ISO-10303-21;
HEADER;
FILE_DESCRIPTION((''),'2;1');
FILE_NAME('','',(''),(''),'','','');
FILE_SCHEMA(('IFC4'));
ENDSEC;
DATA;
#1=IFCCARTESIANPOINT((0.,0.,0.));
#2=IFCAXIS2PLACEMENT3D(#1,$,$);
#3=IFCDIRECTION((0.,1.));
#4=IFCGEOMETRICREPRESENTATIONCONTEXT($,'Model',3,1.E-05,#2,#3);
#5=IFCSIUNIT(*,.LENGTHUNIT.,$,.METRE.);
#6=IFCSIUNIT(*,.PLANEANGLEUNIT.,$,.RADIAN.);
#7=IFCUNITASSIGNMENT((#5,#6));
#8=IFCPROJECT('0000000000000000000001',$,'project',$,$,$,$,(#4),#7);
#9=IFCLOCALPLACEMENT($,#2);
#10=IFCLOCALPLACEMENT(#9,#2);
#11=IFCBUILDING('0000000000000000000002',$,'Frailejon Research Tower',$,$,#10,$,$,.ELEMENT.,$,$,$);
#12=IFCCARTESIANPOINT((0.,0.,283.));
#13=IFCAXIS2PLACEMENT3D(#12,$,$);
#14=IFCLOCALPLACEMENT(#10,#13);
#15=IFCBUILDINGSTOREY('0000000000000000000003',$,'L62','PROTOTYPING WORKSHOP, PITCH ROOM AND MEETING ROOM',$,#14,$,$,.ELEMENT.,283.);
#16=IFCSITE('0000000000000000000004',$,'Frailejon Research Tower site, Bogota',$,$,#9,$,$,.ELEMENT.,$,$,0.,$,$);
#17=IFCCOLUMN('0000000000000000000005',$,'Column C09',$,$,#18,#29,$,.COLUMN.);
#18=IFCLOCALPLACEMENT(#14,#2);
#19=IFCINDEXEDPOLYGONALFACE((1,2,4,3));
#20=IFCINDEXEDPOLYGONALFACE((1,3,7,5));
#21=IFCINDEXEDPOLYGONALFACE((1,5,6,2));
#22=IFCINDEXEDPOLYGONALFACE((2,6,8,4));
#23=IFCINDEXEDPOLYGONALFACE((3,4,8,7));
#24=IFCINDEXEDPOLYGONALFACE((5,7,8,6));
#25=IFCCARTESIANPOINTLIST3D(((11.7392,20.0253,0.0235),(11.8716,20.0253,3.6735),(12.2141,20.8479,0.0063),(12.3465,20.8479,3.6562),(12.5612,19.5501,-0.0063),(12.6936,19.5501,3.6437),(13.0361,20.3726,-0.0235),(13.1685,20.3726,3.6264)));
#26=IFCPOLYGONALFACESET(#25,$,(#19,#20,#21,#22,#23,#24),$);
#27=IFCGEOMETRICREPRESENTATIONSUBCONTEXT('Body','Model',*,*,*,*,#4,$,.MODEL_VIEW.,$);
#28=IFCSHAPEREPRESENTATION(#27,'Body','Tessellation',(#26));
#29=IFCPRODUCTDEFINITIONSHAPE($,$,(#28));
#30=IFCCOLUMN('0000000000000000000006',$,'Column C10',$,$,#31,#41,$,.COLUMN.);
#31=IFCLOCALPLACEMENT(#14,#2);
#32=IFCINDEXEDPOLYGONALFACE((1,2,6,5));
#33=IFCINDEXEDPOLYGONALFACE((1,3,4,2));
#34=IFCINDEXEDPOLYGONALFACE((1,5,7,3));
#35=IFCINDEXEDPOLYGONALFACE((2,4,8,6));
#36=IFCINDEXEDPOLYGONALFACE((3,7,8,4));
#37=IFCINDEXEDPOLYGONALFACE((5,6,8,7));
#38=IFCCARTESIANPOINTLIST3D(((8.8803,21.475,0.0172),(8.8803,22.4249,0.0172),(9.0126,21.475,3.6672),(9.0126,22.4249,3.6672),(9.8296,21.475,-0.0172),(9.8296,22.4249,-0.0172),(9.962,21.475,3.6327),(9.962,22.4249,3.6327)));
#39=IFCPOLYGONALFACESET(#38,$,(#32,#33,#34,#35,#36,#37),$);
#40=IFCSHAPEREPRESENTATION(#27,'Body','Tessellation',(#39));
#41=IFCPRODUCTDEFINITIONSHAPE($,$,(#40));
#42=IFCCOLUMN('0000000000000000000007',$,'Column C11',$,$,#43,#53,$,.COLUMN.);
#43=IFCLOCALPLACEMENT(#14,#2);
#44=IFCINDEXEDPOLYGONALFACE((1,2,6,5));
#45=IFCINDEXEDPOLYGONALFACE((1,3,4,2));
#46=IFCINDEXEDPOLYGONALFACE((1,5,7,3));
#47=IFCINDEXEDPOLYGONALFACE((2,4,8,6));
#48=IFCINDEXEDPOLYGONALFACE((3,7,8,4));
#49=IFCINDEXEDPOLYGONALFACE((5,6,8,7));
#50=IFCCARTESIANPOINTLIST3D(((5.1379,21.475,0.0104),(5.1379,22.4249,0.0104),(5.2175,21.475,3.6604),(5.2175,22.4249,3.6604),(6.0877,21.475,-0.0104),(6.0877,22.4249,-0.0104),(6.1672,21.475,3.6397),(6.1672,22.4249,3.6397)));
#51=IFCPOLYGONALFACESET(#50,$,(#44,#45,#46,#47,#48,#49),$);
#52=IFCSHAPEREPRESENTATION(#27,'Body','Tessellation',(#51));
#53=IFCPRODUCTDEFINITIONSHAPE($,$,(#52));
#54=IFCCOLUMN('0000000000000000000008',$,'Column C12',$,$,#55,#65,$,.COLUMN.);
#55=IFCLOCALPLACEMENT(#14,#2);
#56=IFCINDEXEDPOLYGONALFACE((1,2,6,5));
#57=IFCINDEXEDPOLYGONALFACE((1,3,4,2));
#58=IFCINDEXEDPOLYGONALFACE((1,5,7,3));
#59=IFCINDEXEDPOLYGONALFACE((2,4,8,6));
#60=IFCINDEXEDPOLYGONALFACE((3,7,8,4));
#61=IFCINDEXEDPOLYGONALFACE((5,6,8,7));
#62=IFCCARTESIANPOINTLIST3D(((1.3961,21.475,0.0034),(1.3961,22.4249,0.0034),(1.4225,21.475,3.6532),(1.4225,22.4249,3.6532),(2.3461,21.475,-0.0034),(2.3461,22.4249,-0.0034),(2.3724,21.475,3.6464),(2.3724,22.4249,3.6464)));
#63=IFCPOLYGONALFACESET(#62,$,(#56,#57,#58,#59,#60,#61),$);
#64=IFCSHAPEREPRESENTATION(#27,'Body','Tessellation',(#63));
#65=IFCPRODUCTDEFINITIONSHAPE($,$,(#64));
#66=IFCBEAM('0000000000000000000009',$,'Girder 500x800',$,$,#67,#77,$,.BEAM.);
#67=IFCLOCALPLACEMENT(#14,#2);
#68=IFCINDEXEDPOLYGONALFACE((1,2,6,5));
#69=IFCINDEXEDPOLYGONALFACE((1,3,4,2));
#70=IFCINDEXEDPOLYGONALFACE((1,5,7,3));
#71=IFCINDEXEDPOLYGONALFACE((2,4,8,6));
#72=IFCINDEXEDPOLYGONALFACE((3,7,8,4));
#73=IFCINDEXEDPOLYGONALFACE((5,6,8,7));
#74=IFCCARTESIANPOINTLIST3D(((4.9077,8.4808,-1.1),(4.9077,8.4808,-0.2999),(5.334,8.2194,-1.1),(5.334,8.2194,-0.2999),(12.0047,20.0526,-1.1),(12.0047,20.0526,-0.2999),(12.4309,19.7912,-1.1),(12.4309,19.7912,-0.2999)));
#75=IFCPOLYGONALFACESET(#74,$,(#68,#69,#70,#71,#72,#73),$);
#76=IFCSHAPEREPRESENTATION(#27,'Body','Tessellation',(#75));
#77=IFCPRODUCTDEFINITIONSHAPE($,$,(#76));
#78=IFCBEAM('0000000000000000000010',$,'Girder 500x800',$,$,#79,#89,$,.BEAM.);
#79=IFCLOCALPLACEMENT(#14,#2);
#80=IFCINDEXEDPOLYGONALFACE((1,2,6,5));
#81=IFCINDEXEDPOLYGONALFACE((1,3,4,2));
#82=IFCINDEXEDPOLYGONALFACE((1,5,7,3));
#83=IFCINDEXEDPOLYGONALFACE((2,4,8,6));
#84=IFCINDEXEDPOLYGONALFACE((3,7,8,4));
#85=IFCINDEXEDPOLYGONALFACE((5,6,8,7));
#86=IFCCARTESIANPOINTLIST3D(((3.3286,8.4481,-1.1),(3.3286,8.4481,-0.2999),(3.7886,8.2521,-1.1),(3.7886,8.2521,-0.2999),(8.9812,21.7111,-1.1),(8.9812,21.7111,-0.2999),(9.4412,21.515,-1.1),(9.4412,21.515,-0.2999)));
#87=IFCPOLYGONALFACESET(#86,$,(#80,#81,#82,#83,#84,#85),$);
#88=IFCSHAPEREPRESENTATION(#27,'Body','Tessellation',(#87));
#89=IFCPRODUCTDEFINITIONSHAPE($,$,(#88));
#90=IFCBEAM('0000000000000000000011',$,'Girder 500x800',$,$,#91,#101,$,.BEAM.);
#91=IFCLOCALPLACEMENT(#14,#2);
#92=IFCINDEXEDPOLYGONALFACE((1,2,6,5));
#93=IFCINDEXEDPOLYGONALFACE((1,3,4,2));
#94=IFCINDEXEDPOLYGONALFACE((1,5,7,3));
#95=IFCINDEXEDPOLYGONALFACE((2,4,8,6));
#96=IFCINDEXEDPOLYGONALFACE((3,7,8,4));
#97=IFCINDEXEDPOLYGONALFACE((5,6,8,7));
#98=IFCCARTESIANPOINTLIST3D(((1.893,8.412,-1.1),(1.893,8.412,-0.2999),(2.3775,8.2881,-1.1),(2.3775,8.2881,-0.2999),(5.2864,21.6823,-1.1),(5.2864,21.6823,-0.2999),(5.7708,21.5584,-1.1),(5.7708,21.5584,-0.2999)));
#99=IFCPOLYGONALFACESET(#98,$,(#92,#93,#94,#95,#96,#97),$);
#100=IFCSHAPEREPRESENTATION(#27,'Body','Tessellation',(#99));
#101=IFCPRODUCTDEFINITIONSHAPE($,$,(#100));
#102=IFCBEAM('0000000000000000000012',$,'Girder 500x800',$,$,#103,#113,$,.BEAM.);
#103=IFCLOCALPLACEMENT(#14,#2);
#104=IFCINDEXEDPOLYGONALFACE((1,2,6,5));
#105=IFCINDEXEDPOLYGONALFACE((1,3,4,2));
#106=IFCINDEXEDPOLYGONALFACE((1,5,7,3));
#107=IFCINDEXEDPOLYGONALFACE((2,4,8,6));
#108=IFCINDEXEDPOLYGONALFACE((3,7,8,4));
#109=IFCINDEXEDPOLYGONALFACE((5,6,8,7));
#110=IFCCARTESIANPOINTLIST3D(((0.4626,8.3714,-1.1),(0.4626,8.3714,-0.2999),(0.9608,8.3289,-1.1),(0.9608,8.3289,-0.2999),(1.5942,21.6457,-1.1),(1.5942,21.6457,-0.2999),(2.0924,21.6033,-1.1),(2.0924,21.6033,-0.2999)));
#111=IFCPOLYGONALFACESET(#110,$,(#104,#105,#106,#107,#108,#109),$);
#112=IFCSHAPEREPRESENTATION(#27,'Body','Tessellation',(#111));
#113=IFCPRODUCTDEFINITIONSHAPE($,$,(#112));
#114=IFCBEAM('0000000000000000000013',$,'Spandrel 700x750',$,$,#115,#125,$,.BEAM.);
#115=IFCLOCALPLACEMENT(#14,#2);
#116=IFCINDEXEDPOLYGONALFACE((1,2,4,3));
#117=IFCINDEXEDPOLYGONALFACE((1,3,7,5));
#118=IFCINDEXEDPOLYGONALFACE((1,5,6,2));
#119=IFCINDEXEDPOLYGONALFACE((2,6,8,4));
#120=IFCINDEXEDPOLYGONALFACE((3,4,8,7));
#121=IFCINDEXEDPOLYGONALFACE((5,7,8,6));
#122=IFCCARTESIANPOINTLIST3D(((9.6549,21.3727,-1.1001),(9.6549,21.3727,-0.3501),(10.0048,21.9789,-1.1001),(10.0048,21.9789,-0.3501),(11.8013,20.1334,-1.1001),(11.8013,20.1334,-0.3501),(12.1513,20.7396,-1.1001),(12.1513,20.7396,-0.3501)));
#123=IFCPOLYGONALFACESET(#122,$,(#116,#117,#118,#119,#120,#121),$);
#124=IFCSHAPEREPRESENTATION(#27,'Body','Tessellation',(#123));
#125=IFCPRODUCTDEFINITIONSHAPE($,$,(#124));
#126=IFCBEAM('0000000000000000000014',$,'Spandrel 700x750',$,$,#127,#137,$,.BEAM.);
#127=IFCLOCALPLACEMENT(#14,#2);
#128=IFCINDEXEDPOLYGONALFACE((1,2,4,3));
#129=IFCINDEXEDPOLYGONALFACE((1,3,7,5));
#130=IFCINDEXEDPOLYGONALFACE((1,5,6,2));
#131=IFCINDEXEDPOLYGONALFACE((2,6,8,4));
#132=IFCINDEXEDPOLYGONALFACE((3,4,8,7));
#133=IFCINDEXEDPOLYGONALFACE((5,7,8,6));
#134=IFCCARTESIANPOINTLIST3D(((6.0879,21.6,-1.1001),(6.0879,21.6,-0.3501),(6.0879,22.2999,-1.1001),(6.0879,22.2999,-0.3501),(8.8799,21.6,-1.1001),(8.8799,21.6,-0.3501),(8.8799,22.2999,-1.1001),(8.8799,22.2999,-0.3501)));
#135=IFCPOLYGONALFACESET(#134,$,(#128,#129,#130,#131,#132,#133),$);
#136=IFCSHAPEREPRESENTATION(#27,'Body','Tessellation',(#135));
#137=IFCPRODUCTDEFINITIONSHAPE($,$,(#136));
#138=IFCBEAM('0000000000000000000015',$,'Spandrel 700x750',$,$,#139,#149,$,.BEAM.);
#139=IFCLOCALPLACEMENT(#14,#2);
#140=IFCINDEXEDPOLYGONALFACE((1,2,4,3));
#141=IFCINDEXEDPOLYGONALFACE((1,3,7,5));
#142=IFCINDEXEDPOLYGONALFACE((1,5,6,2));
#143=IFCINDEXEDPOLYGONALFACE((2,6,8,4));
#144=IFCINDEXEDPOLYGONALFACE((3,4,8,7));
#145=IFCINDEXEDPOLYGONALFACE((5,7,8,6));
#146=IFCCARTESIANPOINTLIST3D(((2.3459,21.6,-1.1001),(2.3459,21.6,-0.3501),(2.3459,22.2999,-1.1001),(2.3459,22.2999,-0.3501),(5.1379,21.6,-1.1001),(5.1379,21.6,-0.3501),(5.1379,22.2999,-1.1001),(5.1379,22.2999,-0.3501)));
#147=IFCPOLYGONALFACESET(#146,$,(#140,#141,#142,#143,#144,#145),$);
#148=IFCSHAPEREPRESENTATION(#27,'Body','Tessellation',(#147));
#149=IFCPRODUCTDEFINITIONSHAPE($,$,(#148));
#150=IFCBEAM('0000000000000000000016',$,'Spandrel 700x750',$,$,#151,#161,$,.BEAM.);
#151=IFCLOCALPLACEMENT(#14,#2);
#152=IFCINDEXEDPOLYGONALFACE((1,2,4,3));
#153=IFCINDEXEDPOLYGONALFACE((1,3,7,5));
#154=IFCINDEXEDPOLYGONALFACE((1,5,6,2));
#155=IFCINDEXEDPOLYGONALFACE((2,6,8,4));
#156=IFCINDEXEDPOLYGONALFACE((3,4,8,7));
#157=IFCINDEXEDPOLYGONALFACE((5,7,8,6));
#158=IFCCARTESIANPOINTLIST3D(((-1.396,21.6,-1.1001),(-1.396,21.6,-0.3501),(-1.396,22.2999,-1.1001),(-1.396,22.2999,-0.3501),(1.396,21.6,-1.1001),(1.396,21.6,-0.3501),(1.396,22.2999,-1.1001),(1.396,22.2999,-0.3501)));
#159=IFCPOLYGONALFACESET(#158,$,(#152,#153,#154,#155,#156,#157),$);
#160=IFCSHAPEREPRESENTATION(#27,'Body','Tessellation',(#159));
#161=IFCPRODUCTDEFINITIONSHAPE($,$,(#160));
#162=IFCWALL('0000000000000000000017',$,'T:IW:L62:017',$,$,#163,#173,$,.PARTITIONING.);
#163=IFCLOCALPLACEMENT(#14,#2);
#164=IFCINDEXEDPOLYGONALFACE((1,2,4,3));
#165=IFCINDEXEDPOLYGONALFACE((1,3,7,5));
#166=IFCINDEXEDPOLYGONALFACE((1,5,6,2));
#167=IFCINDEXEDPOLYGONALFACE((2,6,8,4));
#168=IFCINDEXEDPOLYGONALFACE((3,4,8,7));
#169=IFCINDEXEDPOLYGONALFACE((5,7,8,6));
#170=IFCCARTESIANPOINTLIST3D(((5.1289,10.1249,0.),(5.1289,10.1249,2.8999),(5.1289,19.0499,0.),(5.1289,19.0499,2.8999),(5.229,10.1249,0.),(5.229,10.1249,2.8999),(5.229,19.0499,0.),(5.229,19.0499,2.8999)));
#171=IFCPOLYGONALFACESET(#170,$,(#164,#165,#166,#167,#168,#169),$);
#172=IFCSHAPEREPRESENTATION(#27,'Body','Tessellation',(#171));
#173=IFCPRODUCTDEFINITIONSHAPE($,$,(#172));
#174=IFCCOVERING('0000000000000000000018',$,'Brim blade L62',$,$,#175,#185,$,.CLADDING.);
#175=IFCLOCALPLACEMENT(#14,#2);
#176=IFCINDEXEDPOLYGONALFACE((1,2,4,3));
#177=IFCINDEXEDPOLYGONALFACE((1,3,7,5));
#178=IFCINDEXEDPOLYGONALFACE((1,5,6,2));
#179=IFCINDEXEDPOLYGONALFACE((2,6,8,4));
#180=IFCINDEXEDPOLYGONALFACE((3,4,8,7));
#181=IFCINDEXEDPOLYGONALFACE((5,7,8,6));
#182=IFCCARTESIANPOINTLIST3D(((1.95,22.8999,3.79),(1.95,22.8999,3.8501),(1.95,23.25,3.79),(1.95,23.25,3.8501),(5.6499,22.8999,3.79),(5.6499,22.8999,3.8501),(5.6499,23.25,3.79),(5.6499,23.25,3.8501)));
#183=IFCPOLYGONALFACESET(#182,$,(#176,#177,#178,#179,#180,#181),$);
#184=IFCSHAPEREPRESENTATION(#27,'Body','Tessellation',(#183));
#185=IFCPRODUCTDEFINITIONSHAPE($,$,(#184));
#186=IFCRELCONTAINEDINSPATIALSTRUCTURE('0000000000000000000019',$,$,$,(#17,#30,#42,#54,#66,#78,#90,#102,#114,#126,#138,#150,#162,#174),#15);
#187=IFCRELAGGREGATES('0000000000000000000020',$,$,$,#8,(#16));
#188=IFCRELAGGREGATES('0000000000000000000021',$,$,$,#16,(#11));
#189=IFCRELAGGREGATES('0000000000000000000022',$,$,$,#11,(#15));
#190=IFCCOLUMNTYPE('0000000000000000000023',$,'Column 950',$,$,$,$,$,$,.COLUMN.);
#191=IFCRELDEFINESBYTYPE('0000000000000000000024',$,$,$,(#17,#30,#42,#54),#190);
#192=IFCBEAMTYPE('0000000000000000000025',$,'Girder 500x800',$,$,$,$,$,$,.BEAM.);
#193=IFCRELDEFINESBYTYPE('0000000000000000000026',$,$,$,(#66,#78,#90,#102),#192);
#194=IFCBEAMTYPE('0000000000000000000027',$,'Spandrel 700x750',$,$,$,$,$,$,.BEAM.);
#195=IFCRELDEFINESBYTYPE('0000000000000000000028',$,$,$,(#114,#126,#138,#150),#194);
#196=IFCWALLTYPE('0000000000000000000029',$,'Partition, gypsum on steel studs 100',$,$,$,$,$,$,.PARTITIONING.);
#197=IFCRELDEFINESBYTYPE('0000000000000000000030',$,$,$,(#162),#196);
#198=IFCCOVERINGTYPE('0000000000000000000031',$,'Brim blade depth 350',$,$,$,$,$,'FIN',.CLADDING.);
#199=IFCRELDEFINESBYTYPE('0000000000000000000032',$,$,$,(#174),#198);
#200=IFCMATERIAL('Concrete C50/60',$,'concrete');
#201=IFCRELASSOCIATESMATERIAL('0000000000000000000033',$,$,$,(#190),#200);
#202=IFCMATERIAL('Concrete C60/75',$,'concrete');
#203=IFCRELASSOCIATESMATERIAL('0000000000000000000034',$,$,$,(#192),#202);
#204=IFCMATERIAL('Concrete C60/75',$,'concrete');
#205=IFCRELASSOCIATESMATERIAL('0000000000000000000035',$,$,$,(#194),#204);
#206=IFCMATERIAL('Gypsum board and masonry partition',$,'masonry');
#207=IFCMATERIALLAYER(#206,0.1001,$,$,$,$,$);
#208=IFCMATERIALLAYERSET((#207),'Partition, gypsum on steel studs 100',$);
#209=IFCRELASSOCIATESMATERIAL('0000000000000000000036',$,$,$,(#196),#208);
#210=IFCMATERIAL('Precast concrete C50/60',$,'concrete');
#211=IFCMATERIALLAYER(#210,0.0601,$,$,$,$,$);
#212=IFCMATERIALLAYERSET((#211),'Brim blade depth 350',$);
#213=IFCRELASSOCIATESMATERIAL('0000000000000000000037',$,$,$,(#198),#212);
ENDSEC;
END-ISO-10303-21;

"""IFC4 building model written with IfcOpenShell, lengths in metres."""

from ifc_helpers import new_model, si_unit, direction, frame, frame_2d, origin, origin_2d, place, context, subcontext, project, spatial, polyline, rectangle, outline, extrude, material, layer, layer_set, material_profile, profile_set, type_object, element, save


model = new_model("IFC4")

# Units and contexts
model_context = context("Model", 3, precision=1e-05, world=origin(), true_north=direction((0.0, 1.0)))
body_context = subcontext(model_context, "Body", "Model", "MODEL_VIEW")
ifc_project = project(units=[si_unit("LENGTHUNIT", "METRE"), si_unit("PLANEANGLEUNIT", "RADIAN")], contexts=[model_context])

# Site, building, storey
site_placement = place(None, origin())
site = spatial("IfcSite", under=ifc_project, at=site_placement, Name="Frailejon Research Tower site, Bogota", CompositionType="ELEMENT", RefElevation=0.0)
building_placement = place(site_placement, origin())
building = spatial("IfcBuilding", under=site, at=building_placement, Name="Frailejon Research Tower", CompositionType="ELEMENT")
storey_placement = place(building_placement, frame((0.0, 0.0, 283.0)))
storey = spatial("IfcBuildingStorey", under=building, at=storey_placement, Name="L62", Description="PROTOTYPING WORKSHOP, PITCH ROOM AND MEETING ROOM", CompositionType="ELEMENT", Elevation=283.0)

# Columns
ifc_material_1 = material(Name="Concrete C50/60", Category="concrete")
ifc_material_profile_1 = material_profile(ifc_material_1, rectangle(XDim=0.95, YDim=0.95, at=origin_2d()), Name="Column 950")
ifc_profile_set_1 = profile_set([ifc_material_profile_1], Name="Concrete C50/60")
column_type = type_object("IfcColumnType", Name="Column 950", PredefinedType="COLUMN", material=ifc_profile_set_1)
for number, where, z_axis, x_axis, name in (
    (1, (12.3877, 20.199, 0.0), (0.03623, 0.0, 0.999343), (-0.865315, 0.500246, 0.031371), "Column C09"),
    (2, (9.355, 21.95, 0.0), (0.03623, 0.0, 0.999343), (-0.999343, 0.0, 0.03623), "Column C10"),
):
    element("IfcColumn", number, at=place(storey_placement, frame(where, z_axis=z_axis, x_axis=x_axis)), inside=storey, type_object=column_type, Name=name, PredefinedType="COLUMN", context=body_context, shape_type="SweptSolid", body=[
        extrude(rectangle(XDim=0.95, YDim=0.95, at=origin_2d()), origin(), (0.0, 0.0, 1.0), 3.6523),
    ])
column_1_placement = place(storey_placement, frame((5.6128, 21.95, 0.0), z_axis=(0.021801, 0.0, 0.999762), x_axis=(-0.999762, 0.0, 0.021801)))
element("IfcColumn", 3, at=column_1_placement, inside=storey, type_object=column_type, Name="Column C11", PredefinedType="COLUMN", context=body_context, shape_type="SweptSolid", body=[
    extrude(rectangle(XDim=0.95, YDim=0.95, at=origin_2d()), origin(), (0.0, 0.0, 1.0), 3.6509),
])
column_2_placement = place(storey_placement, frame((1.8711, 21.95, 0.0), z_axis=(0.007224, 0.0, 0.999974), x_axis=(-0.999974, 0.0, 0.007224)))
element("IfcColumn", 4, at=column_2_placement, inside=storey, type_object=column_type, Name="Column C12", PredefinedType="COLUMN", context=body_context, shape_type="SweptSolid", body=[
    extrude(rectangle(XDim=0.95, YDim=0.95, at=origin_2d()), origin(), (0.0, 0.0, 1.0), 3.6499),
])

# Beams
ifc_material_2 = material(Name="Concrete C60/75", Category="concrete")
ifc_material_profile_2 = material_profile(ifc_material_2, rectangle(XDim=0.5, YDim=0.8, at=origin_2d()), Name="Girder 500x800")
ifc_profile_set_2 = profile_set([ifc_material_profile_2], Name="Concrete C60/75")
beam_type_1 = type_object("IfcBeamType", Name="Girder 500x800", PredefinedType="BEAM", material=ifc_profile_set_2)
beam_1_placement = place(storey_placement, frame((12.2178, 19.9219, -0.7), z_axis=(-0.522805, -0.852452, 0.0), x_axis=(0.852452, -0.522805, 0.0)))
element("IfcBeam", 5, at=beam_1_placement, inside=storey, type_object=beam_type_1, Name="Girder 500x800", PredefinedType="BEAM", context=body_context, shape_type="SweptSolid", body=[
    extrude(rectangle(XDim=0.5, YDim=0.8, at=origin_2d()), origin(), (0.0, 0.0, 1.0), 13.5747),
])
beam_2_placement = place(storey_placement, frame((9.2112, 21.613, -0.7), z_axis=(-0.392071, -0.919935, 0.0), x_axis=(0.919935, -0.392071, 0.0)))
element("IfcBeam", 6, at=beam_2_placement, inside=storey, type_object=beam_type_1, Name="Girder 500x800", PredefinedType="BEAM", context=body_context, shape_type="SweptSolid", body=[
    extrude(rectangle(XDim=0.5, YDim=0.8, at=origin_2d()), origin(), (0.0, 0.0, 1.0), 14.4172),
])
beam_3_placement = place(storey_placement, frame((5.5286, 21.6204, -0.7), z_axis=(-0.247737, -0.968827, 0.0), x_axis=(0.968827, -0.247737, 0.0)))
element("IfcBeam", 7, at=beam_3_placement, inside=storey, type_object=beam_type_1, Name="Girder 500x800", PredefinedType="BEAM", context=body_context, shape_type="SweptSolid", body=[
    extrude(rectangle(XDim=0.5, YDim=0.8, at=origin_2d()), origin(), (0.0, 0.0, 1.0), 13.6973),
])
beam_4_placement = place(storey_placement, frame((1.8433, 21.6245, -0.7), z_axis=(-0.084938, -0.996386, 0.0), x_axis=(0.996386, -0.084938, 0.0)))
element("IfcBeam", 8, at=beam_4_placement, inside=storey, type_object=beam_type_1, Name="Girder 500x800", PredefinedType="BEAM", context=body_context, shape_type="SweptSolid", body=[
    extrude(rectangle(XDim=0.5, YDim=0.8, at=origin_2d()), origin(), (0.0, 0.0, 1.0), 13.3225),
])
ifc_material_3 = material(Name="Concrete C60/75", Category="concrete")
ifc_material_profile_3 = material_profile(ifc_material_3, rectangle(XDim=0.7, YDim=0.75, at=origin_2d()), Name="Spandrel 700x750")
ifc_profile_set_3 = profile_set([ifc_material_profile_3], Name="Concrete C60/75")
beam_type_2 = type_object("IfcBeamType", Name="Spandrel 700x750", PredefinedType="BEAM", material=ifc_profile_set_3)
beam_5_placement = place(storey_placement, frame((11.9763, 20.4365, -0.7251), z_axis=(-0.866028, 0.499995, 0.0), x_axis=(-0.499995, -0.866028, 0.0)))
element("IfcBeam", 9, at=beam_5_placement, inside=storey, type_object=beam_type_2, Name="Spandrel 700x750", PredefinedType="BEAM", context=body_context, shape_type="SweptSolid", body=[
    extrude(rectangle(XDim=0.7, YDim=0.75, at=origin_2d()), origin(), (0.0, 0.0, 1.0), 2.4785),
])
for number, where, z_axis, x_axis, name in (
    (10, (8.8799, 21.95, -0.7251), (-1.0, 0.0, 0.0), (0.0, -1.0, 0.0), "Spandrel 700x750"),
    (11, (5.1379, 21.95, -0.7251), (-1.0, 0.0, 0.0), (0.0, -1.0, 0.0), "Spandrel 700x750"),
    (12, (1.396, 21.95, -0.7251), (-1.0, 0.0, 0.0), (0.0, -1.0, 0.0), "Spandrel 700x750"),
):
    element("IfcBeam", number, at=place(storey_placement, frame(where, z_axis=z_axis, x_axis=x_axis)), inside=storey, type_object=beam_type_2, Name=name, PredefinedType="BEAM", context=body_context, shape_type="SweptSolid", body=[
        extrude(rectangle(XDim=0.7, YDim=0.75, at=origin_2d()), origin(), (0.0, 0.0, 1.0), 2.792),
    ])

# Wall
ifc_material_4 = material(Name="Gypsum board and masonry partition", Category="masonry")
ifc_layer_1 = layer(ifc_material_4, 0.1001)
ifc_layer_set_1 = layer_set([ifc_layer_1], Name="Partition, gypsum on steel studs 100")
wall_type_1 = type_object("IfcWallType", Name="Partition, gypsum on steel studs 100", PredefinedType="PARTITIONING", material=ifc_layer_set_1)
wall_1_placement = place(storey_placement, frame((5.179, 10.125, 0.0), z_axis=(0.0, 0.0, 1.0), x_axis=(0.0, 1.0, 0.0)))
element("IfcWall", 13, at=wall_1_placement, inside=storey, type_object=wall_type_1, Name="T:IW:L62:017", PredefinedType="PARTITIONING", context=body_context, shape_type="SweptSolid", body=[
    extrude(rectangle(XDim=8.925, YDim=0.1001, at=frame_2d((4.4624, 0.0))), origin(), (0.0, 0.0, 1.0), 2.8999),
])

# Covering
ifc_material_5 = material(Name="Precast concrete C50/60", Category="concrete")
ifc_layer_2 = layer(ifc_material_5, 0.0601)
ifc_layer_set_2 = layer_set([ifc_layer_2], Name="Brim blade depth 350")
covering_type_1 = type_object("IfcCoveringType", Name="Brim blade depth 350", ElementType="FIN", PredefinedType="CLADDING", material=ifc_layer_set_2)
covering_1_placement = place(storey_placement, frame((1.95, 22.8999, 3.8501), z_axis=(1.0, 0.0, 0.0), x_axis=(0.0, 1.0, 0.0)))
element("IfcCovering", 14, at=covering_1_placement, inside=storey, type_object=covering_type_1, Name="Brim blade L62", PredefinedType="CLADDING", context=body_context, shape_type="SweptSolid", body=[
    extrude(outline(polyline([(0.0, -0.0601), (0.3501, -0.0601), (0.3501, 0.0), (0.0, 0.0), (0.0, -0.0601)])), origin(), (0.0, 0.0, 1.0), 3.7),
])

save(model, "model.ifc")
